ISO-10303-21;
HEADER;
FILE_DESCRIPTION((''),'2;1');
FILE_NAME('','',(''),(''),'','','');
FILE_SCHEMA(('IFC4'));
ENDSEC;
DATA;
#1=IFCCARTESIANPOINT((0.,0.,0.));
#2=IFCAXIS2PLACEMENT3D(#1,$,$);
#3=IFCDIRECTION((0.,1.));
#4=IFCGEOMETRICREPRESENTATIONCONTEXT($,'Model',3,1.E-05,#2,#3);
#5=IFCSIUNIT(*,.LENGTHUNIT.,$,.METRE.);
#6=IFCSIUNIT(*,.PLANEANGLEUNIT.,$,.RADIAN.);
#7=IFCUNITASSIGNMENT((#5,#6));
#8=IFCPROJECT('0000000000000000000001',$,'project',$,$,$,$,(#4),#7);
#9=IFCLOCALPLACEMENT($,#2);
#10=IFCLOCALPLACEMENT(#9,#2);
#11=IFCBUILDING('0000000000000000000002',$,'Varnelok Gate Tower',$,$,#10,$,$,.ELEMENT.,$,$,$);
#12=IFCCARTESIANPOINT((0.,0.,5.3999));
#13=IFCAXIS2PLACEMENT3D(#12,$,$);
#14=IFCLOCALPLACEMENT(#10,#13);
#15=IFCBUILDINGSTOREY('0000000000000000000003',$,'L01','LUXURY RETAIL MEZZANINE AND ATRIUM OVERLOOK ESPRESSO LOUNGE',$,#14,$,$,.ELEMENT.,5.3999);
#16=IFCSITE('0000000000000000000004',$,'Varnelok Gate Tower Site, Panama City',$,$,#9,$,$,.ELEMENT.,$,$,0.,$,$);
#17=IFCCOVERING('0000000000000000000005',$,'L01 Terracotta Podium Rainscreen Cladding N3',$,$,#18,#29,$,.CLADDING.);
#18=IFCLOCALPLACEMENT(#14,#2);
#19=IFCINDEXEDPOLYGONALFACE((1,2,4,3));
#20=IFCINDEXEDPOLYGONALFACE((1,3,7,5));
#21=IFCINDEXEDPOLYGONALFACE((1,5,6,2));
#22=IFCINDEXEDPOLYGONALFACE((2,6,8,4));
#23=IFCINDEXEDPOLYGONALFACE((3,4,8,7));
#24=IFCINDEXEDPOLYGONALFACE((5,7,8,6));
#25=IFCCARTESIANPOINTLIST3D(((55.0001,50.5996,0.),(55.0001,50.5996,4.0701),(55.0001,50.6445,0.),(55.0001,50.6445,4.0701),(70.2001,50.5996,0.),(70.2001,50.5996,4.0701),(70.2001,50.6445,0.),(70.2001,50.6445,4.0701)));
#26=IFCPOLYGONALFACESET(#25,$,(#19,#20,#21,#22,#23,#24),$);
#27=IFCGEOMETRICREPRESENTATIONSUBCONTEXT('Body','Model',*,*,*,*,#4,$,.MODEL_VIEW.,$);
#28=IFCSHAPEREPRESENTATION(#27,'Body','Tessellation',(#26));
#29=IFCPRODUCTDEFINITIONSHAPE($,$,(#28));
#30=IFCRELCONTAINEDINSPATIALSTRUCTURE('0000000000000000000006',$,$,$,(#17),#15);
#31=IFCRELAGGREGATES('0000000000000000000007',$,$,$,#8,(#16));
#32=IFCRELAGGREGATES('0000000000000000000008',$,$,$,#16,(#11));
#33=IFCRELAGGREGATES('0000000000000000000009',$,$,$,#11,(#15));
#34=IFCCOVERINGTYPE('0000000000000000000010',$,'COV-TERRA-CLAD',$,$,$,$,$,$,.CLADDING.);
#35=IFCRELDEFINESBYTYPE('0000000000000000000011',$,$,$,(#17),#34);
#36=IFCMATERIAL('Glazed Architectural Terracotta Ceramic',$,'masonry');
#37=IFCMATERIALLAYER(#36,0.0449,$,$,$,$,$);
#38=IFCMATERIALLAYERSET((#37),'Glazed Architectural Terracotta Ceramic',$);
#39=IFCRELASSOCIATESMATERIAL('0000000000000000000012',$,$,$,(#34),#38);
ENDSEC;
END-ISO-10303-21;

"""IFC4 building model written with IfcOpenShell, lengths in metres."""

from ifc_helpers import new_model, si_unit, direction, frame, origin, origin_2d, place, context, subcontext, project, spatial, rectangle, extrude, source, transform, mapped, material, layer, layer_set, type_object, element, save


model = new_model("IFC4")

# Units and contexts
model_context = context("Model", 3, precision=1e-05, world=origin(), true_north=direction((0.0, 1.0)))
body_context = subcontext(model_context, "Body", "Model", "MODEL_VIEW")
ifc_project = project(units=[si_unit("LENGTHUNIT", "METRE"), si_unit("PLANEANGLEUNIT", "RADIAN")], contexts=[model_context])

# Site, building, storey
site_placement = place(None, origin())
site = spatial("IfcSite", under=ifc_project, at=site_placement, Name="Varnelok Gate Tower Site, Panama City", CompositionType="ELEMENT", RefElevation=0.0)
building_placement = place(site_placement, origin())
building = spatial("IfcBuilding", under=site, at=building_placement, Name="Varnelok Gate Tower", CompositionType="ELEMENT")
storey_placement = place(building_placement, frame((0.0, 0.0, 5.3999)))
storey = spatial("IfcBuildingStorey", under=building, at=storey_placement, Name="L01", Description="LUXURY RETAIL MEZZANINE AND ATRIUM OVERLOOK ESPRESSO LOUNGE", CompositionType="ELEMENT", Elevation=5.3999)

# Covering
ifc_material_1 = material(Name="Glazed Architectural Terracotta Ceramic", Category="masonry")
ifc_layer_1 = layer(ifc_material_1, 0.0449)
ifc_layer_set_1 = layer_set([ifc_layer_1], Name="Glazed Architectural Terracotta Ceramic")
covering_type = type_object("IfcCoveringType", Name="COV-TERRA-CLAD", PredefinedType="CLADDING", material=ifc_layer_set_1)
shared_shape = source(origin(), body_context, "Body", "SweptSolid", [
    extrude(rectangle(XDim=15.2, YDim=0.0449, at=origin_2d()), origin(), (0.0, 0.0, 1.0), 4.0701),
])
covering_placement = place(storey_placement, frame((62.6001, 50.6221, 0.0), z_axis=(0.0, 0.0, 1.0), x_axis=(1.0, 0.0, 0.0)))
element("IfcCovering", 1, at=covering_placement, inside=storey, type_object=covering_type, Name="L01 Terracotta Podium Rainscreen Cladding N3", PredefinedType="CLADDING", context=body_context, shape_type="MappedRepresentation", body=[
    mapped(shared_shape, transform((0.0, 0.0, 0.0), scale=1.0)),
])

save(model, "model.ifc")
